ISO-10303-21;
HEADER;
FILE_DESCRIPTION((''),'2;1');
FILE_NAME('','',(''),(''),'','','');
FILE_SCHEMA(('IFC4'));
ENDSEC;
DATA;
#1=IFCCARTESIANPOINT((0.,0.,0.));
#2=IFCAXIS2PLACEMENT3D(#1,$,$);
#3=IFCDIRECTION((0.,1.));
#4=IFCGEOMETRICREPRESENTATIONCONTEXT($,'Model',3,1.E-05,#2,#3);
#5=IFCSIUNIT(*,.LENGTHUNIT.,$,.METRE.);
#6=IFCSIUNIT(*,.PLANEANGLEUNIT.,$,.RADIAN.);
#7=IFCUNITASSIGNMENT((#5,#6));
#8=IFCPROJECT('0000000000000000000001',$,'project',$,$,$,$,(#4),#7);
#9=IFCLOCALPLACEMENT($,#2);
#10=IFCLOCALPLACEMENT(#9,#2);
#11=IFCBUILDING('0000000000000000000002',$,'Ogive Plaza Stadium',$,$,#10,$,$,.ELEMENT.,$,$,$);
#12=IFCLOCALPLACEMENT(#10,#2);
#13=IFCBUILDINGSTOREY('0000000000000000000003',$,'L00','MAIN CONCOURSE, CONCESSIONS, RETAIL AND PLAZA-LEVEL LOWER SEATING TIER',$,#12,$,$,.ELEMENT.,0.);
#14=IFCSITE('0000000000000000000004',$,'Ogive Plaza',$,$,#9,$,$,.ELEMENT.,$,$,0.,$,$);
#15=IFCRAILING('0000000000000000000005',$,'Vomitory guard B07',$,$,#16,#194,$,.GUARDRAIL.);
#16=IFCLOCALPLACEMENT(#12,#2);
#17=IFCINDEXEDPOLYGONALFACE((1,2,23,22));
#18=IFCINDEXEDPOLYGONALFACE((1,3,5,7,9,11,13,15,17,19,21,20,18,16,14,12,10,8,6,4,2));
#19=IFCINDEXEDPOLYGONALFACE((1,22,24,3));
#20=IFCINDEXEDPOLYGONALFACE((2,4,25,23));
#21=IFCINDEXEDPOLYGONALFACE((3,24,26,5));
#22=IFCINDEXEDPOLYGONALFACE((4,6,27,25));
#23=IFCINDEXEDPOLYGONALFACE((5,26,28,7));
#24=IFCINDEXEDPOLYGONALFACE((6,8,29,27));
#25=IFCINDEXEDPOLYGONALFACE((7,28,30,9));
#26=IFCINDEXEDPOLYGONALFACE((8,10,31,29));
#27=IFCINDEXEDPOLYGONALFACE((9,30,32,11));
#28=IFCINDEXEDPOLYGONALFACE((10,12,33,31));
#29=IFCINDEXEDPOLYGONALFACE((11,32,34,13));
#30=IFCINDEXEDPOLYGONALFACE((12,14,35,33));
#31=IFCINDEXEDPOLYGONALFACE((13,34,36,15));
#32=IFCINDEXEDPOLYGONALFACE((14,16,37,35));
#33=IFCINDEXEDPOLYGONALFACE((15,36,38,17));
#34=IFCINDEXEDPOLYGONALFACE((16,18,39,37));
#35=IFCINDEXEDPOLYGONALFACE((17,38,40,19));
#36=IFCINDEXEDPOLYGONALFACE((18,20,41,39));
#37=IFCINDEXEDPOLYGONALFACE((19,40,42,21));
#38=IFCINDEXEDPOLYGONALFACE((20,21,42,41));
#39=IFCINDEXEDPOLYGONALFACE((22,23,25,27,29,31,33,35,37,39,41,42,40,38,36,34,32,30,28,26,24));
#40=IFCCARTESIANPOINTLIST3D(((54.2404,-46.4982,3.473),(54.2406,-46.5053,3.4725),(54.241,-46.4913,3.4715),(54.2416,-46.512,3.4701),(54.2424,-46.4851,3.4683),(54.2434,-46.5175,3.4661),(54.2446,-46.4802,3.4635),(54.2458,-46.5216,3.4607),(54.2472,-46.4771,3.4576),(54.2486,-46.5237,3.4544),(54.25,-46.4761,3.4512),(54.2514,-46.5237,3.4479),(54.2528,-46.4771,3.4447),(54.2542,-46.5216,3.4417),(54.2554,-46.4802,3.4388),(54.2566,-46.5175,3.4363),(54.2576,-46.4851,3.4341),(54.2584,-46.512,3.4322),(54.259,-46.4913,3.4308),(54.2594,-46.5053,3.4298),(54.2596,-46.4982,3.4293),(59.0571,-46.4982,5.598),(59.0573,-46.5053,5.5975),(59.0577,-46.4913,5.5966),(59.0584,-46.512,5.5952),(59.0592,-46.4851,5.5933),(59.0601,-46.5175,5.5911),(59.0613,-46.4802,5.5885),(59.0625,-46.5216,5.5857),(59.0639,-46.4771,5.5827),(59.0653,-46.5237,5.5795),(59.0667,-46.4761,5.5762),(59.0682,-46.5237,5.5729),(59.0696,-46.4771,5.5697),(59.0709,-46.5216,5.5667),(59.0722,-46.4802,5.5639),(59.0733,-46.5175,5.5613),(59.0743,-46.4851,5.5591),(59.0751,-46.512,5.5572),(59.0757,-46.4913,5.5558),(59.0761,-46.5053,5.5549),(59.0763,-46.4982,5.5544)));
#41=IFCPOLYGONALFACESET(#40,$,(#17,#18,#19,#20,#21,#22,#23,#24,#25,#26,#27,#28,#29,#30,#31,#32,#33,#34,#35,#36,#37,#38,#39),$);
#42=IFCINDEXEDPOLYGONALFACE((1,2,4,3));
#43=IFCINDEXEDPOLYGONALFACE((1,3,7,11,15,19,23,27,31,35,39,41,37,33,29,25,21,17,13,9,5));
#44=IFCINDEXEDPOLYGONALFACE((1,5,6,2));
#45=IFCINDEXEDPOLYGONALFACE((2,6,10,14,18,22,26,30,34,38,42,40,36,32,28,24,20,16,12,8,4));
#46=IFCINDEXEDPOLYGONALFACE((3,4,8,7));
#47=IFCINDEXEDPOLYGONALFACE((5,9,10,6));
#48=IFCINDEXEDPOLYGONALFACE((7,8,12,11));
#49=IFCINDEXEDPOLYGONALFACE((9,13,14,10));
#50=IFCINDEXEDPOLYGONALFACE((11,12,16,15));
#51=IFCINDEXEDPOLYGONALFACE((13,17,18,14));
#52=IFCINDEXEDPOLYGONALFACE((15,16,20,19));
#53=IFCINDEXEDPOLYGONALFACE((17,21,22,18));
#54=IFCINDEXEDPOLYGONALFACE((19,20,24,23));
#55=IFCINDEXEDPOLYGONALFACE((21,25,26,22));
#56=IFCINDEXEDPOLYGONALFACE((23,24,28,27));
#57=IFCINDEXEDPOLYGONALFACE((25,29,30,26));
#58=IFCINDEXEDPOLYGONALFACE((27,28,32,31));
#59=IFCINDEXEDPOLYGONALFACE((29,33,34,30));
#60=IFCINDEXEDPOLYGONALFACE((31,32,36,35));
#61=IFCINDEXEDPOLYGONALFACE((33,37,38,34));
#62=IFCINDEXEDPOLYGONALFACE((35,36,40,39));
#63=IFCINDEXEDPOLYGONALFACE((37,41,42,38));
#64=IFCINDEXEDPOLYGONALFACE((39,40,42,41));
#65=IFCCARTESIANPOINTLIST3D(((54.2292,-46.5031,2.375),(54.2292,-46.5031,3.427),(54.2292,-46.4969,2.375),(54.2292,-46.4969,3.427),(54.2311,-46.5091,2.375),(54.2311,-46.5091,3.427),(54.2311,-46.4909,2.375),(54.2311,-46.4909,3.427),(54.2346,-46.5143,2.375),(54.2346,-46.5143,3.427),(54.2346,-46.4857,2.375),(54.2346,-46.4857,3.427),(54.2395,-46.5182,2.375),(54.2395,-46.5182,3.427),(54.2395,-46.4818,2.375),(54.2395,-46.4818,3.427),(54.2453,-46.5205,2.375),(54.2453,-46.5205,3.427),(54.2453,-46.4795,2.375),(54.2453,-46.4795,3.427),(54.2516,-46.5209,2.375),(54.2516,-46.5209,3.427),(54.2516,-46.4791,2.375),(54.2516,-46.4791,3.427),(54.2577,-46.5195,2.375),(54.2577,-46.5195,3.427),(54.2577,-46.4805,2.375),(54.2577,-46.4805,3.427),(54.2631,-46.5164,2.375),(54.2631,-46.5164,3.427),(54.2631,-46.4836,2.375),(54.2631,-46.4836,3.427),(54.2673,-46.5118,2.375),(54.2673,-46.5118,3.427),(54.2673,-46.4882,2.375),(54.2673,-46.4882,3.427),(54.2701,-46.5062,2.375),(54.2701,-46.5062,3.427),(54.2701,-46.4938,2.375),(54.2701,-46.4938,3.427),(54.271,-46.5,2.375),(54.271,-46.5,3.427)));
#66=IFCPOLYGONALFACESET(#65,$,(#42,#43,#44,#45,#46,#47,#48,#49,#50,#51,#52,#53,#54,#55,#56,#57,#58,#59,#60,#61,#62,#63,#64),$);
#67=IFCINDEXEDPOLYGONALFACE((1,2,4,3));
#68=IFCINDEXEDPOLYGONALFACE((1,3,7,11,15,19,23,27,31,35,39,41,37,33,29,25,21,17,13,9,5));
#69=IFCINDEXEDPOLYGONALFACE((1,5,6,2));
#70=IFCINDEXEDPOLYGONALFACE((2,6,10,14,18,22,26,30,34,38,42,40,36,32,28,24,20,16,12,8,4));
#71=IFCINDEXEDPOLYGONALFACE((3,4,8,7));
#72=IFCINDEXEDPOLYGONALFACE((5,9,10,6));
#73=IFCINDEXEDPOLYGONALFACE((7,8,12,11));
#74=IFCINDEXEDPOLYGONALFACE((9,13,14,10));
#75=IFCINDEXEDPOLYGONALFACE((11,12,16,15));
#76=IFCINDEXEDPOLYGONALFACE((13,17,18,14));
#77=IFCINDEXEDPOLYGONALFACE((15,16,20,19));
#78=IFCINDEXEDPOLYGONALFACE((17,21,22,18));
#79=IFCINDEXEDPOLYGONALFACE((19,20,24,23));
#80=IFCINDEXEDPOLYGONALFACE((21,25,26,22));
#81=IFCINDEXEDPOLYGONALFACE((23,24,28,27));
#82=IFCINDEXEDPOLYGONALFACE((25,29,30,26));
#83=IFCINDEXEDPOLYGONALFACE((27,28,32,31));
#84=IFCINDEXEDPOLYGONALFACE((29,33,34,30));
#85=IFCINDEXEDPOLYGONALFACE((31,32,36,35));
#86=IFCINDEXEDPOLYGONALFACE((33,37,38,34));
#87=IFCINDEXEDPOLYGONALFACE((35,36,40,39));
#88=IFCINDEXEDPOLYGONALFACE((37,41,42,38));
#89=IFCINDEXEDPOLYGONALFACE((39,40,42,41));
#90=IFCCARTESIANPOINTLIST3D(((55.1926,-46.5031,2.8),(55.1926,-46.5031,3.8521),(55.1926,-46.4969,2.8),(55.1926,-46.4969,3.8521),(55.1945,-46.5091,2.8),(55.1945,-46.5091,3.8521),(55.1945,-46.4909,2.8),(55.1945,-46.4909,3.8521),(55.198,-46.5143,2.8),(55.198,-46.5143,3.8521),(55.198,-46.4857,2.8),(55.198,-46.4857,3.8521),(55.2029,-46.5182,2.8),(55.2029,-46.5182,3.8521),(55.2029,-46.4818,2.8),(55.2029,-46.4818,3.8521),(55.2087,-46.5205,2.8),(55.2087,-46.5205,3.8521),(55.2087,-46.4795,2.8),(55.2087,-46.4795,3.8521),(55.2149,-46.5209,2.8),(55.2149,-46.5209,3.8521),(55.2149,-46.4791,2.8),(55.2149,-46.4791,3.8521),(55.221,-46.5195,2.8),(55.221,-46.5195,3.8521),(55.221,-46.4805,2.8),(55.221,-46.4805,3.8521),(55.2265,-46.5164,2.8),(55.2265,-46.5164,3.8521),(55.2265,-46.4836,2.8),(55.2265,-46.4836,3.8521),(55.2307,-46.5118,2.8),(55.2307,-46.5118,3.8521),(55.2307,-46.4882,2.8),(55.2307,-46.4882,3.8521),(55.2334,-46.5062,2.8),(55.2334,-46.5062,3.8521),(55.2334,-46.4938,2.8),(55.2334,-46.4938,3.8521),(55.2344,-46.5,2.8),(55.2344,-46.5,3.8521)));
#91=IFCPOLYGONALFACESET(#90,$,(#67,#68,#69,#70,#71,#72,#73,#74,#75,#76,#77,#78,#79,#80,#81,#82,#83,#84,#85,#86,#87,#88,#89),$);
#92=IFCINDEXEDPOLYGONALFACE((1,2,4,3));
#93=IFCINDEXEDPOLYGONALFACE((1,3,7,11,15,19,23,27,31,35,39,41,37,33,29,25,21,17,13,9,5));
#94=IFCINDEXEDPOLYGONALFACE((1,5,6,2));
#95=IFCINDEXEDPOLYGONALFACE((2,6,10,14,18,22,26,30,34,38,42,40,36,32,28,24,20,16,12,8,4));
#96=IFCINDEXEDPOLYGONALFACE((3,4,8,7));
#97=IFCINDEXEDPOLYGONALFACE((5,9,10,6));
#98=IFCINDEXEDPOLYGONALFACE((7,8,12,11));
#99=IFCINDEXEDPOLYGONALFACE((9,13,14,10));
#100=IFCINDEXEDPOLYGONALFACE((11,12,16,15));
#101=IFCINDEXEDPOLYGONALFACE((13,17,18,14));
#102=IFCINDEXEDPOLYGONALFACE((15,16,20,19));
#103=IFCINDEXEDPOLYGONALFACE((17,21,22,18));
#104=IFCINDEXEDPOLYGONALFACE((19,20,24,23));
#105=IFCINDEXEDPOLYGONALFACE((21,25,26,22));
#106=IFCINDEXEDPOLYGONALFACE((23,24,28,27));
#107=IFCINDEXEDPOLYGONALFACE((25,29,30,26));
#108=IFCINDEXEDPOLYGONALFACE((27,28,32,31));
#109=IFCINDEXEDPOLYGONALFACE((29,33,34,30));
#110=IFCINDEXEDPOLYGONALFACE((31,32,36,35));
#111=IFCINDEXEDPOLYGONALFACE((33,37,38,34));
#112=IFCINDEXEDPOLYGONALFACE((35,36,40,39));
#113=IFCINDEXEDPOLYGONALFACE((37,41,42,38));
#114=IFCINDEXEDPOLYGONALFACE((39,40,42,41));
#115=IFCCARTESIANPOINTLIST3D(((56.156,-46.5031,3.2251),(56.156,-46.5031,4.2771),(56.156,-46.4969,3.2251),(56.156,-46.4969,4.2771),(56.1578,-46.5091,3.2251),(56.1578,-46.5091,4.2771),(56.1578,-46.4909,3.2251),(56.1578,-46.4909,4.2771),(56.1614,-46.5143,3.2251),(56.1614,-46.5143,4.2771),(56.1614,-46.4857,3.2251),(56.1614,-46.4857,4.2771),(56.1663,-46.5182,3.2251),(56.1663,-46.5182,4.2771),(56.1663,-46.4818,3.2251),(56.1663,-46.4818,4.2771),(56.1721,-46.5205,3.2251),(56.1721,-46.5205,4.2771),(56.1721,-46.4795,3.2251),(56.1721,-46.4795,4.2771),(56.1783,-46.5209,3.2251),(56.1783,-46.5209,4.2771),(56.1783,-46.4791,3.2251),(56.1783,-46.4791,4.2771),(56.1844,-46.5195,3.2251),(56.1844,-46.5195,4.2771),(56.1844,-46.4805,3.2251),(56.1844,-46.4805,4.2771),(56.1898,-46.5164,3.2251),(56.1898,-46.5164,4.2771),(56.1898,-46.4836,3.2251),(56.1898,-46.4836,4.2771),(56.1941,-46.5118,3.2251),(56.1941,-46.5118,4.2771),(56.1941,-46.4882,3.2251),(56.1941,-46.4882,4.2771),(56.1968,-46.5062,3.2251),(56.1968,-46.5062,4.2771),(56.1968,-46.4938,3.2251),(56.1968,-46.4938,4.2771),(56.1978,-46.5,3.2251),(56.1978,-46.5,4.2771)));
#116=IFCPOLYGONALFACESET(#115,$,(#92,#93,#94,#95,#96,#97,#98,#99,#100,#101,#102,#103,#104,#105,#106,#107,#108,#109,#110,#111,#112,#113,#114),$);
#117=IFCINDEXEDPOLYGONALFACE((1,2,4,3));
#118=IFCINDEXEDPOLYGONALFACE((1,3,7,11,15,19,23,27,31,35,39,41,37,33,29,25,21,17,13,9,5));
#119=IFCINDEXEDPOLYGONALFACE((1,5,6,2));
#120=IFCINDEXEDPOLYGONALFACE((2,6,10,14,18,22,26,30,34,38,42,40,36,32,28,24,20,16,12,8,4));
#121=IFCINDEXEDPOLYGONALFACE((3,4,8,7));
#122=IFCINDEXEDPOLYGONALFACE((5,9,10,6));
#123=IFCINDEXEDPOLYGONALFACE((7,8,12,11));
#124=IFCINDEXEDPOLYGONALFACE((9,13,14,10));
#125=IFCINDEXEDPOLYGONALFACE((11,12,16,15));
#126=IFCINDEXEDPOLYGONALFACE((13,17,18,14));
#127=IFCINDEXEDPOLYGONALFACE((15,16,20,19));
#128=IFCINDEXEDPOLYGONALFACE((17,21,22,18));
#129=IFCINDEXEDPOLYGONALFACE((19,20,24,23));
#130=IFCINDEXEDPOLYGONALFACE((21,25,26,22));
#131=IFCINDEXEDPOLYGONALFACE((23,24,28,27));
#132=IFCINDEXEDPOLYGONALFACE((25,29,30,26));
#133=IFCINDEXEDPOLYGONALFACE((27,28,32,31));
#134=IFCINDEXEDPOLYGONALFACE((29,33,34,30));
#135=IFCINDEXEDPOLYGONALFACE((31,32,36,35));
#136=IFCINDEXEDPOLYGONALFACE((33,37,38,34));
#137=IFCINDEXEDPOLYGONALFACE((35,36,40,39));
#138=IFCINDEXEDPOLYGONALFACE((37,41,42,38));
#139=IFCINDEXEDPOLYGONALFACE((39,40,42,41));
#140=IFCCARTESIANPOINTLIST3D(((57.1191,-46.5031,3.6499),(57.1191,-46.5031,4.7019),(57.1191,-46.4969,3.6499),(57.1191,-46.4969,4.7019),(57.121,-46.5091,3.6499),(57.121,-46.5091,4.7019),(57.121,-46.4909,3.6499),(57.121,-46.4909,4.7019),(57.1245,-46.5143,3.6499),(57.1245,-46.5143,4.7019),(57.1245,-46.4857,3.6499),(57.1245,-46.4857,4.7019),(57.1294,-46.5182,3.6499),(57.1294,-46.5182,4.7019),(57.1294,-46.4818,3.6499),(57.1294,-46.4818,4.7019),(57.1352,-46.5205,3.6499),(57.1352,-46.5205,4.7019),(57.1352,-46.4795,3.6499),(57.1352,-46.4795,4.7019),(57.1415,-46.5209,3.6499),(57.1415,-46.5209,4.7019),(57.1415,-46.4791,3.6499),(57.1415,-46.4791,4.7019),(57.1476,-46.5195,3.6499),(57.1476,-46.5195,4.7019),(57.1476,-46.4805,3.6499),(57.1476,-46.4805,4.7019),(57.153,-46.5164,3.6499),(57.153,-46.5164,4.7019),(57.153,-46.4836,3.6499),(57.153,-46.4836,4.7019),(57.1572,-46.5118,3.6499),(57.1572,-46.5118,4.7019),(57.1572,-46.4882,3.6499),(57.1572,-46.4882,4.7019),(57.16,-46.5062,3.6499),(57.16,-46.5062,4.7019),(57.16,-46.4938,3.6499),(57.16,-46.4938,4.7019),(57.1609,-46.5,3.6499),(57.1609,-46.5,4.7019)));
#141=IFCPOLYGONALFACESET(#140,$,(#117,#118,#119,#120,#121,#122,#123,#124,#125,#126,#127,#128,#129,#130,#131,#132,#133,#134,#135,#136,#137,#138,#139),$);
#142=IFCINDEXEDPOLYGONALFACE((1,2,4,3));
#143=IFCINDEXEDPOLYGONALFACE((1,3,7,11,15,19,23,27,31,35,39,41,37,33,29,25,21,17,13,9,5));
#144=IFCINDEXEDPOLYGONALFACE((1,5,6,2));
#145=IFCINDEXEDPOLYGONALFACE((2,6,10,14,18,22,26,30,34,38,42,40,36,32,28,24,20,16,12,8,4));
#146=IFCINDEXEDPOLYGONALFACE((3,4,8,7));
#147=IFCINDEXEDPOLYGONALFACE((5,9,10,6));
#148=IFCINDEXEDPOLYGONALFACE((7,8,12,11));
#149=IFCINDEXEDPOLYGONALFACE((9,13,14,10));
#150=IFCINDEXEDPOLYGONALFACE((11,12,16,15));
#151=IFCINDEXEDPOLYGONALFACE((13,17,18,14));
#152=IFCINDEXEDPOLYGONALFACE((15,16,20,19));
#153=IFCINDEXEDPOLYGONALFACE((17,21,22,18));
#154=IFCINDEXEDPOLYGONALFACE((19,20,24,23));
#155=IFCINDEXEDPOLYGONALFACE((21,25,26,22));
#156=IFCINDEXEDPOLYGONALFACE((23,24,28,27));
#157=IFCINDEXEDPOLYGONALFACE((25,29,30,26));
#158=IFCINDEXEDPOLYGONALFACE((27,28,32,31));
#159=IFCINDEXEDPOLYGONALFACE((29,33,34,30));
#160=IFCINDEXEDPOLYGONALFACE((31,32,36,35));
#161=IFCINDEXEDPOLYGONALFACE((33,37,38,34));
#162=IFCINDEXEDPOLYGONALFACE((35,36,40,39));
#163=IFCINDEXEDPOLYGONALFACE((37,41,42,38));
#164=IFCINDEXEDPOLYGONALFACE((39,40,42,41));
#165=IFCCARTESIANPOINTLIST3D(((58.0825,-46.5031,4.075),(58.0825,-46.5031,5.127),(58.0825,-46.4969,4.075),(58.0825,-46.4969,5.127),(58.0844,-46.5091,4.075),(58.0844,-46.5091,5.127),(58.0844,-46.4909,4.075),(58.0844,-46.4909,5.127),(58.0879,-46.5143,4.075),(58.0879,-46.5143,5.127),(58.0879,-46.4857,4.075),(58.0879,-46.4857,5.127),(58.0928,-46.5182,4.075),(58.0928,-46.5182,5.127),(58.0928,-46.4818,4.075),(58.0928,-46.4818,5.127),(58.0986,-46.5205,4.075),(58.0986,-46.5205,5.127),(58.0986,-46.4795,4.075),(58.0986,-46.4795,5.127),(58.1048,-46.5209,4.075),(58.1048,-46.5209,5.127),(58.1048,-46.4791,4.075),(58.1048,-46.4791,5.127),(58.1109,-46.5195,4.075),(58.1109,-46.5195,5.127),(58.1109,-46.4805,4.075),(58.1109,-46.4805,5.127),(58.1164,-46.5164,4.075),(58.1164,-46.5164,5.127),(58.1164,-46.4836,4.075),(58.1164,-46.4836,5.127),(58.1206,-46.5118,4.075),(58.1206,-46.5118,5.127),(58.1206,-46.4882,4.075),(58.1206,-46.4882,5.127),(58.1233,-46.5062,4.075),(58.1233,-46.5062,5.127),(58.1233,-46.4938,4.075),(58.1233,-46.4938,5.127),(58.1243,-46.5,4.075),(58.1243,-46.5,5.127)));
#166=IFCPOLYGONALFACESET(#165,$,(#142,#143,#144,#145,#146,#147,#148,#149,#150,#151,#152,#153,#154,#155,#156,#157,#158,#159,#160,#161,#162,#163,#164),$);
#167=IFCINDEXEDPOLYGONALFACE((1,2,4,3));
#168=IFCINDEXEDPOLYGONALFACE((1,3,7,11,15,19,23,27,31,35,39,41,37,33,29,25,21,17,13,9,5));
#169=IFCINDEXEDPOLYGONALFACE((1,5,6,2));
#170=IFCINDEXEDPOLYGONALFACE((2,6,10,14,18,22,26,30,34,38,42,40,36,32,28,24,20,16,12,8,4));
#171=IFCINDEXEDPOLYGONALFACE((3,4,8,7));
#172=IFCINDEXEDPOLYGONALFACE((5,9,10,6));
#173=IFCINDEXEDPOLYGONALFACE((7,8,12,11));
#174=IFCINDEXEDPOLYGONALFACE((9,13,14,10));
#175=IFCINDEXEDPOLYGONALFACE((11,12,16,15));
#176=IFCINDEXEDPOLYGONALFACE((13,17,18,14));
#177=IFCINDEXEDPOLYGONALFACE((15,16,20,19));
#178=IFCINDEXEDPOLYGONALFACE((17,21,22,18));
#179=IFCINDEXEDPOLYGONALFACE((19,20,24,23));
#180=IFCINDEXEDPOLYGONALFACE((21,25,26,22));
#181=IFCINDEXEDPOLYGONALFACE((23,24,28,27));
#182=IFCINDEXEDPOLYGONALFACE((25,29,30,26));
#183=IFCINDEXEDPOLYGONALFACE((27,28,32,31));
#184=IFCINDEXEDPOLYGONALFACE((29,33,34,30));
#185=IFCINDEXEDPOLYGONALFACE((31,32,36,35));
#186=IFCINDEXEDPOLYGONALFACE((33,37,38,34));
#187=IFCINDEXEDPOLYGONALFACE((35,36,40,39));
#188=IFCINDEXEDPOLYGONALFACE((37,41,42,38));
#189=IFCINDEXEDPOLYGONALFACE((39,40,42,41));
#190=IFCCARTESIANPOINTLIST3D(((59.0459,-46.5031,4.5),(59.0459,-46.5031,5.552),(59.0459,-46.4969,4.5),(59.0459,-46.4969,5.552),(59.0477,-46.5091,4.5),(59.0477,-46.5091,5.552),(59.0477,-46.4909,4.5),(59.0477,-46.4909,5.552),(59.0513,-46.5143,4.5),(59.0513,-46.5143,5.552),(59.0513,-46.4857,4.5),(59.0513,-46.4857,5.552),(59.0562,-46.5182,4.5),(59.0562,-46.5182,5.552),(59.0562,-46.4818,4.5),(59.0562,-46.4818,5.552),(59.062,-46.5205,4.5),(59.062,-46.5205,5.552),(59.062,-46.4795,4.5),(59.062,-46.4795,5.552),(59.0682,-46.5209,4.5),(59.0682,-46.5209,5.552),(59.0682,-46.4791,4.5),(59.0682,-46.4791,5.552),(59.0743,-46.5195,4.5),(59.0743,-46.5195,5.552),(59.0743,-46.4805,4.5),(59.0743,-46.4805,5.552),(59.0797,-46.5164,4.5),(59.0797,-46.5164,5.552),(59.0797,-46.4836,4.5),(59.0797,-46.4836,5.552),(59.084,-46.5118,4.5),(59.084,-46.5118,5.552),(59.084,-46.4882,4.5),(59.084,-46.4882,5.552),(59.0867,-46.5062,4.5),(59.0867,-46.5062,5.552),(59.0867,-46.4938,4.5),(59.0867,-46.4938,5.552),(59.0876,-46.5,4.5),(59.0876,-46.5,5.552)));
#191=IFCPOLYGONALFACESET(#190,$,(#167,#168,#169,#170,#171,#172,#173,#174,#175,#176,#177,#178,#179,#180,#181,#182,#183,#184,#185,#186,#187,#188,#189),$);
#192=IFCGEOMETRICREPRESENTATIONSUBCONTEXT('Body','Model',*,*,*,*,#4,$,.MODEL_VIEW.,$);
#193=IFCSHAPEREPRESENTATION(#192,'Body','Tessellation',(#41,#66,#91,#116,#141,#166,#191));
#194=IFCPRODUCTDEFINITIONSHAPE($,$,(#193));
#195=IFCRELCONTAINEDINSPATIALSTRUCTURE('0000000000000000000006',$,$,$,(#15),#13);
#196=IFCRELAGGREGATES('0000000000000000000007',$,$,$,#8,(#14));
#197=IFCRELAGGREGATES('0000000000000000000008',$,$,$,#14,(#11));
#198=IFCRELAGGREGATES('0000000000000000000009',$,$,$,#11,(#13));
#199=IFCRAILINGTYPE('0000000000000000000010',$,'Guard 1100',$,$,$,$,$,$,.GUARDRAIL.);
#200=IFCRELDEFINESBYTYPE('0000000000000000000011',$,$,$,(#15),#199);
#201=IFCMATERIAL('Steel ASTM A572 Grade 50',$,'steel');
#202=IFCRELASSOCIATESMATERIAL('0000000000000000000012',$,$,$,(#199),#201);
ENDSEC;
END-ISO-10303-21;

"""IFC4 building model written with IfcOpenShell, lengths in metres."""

from ifc_helpers import new_model, si_unit, direction, frame, origin, origin_2d, place, context, subcontext, project, spatial, circle, extrude, material, type_object, element, save


model = new_model("IFC4")

# Units and contexts
model_context = context("Model", 3, precision=1e-05, world=origin(), true_north=direction((0.0, 1.0)))
body_context = subcontext(model_context, "Body", "Model", "MODEL_VIEW")
ifc_project = project(units=[si_unit("LENGTHUNIT", "METRE"), si_unit("PLANEANGLEUNIT", "RADIAN")], contexts=[model_context])

# Site, building, storey
site_placement = place(None, origin())
site = spatial("IfcSite", under=ifc_project, at=site_placement, Name="Ogive Plaza", CompositionType="ELEMENT", RefElevation=0.0)
building_placement = place(site_placement, origin())
building = spatial("IfcBuilding", under=site, at=building_placement, Name="Ogive Plaza Stadium", CompositionType="ELEMENT")
storey_placement = place(building_placement, origin())
storey = spatial("IfcBuildingStorey", under=building, at=storey_placement, Name="L00", Description="MAIN CONCOURSE, CONCESSIONS, RETAIL AND PLAZA-LEVEL LOWER SEATING TIER", CompositionType="ELEMENT", Elevation=0.0)

# Railing
ifc_material_1 = material(Name="Steel ASTM A572 Grade 50", Category="steel")
railing_type = type_object("IfcRailingType", Name="Guard 1100", PredefinedType="GUARDRAIL", material=ifc_material_1)
for number, where, name in (
    (1, (54.25, -46.5, 2.375), "Vomitory guard B07"),
):
    element("IfcRailing", number, at=place(storey_placement, frame(where)), inside=storey, type_object=railing_type, Name=name, PredefinedType="GUARDRAIL", context=body_context, shape_type="SweptSolid", body=[
        extrude(circle(Radius=0.0239, at=origin_2d()), frame((0.0, 0.0, 1.0762), z_axis=(0.914917, 0.0, 0.403641), x_axis=(0.0, 1.0, 0.0)), (0.0, 0.0, 1.0), 5.2646),
        extrude(circle(Radius=0.021, at=origin_2d()), origin(), (0.0, 0.0, 1.0), 1.052),
        extrude(circle(Radius=0.021, at=origin_2d()), frame((0.9634, 0.0, 0.425)), (0.0, 0.0, 1.0), 1.052),
        extrude(circle(Radius=0.021, at=origin_2d()), frame((1.9268, 0.0, 0.8501)), (0.0, 0.0, 1.0), 1.052),
        extrude(circle(Radius=0.021, at=origin_2d()), frame((2.8899, 0.0, 1.2749)), (0.0, 0.0, 1.0), 1.052),
        extrude(circle(Radius=0.021, at=origin_2d()), frame((3.8533, 0.0, 1.7)), (0.0, 0.0, 1.0), 1.052),
        extrude(circle(Radius=0.021, at=origin_2d()), frame((4.8167, 0.0, 2.125)), (0.0, 0.0, 1.0), 1.052),
    ])

save(model, "model.ifc")
